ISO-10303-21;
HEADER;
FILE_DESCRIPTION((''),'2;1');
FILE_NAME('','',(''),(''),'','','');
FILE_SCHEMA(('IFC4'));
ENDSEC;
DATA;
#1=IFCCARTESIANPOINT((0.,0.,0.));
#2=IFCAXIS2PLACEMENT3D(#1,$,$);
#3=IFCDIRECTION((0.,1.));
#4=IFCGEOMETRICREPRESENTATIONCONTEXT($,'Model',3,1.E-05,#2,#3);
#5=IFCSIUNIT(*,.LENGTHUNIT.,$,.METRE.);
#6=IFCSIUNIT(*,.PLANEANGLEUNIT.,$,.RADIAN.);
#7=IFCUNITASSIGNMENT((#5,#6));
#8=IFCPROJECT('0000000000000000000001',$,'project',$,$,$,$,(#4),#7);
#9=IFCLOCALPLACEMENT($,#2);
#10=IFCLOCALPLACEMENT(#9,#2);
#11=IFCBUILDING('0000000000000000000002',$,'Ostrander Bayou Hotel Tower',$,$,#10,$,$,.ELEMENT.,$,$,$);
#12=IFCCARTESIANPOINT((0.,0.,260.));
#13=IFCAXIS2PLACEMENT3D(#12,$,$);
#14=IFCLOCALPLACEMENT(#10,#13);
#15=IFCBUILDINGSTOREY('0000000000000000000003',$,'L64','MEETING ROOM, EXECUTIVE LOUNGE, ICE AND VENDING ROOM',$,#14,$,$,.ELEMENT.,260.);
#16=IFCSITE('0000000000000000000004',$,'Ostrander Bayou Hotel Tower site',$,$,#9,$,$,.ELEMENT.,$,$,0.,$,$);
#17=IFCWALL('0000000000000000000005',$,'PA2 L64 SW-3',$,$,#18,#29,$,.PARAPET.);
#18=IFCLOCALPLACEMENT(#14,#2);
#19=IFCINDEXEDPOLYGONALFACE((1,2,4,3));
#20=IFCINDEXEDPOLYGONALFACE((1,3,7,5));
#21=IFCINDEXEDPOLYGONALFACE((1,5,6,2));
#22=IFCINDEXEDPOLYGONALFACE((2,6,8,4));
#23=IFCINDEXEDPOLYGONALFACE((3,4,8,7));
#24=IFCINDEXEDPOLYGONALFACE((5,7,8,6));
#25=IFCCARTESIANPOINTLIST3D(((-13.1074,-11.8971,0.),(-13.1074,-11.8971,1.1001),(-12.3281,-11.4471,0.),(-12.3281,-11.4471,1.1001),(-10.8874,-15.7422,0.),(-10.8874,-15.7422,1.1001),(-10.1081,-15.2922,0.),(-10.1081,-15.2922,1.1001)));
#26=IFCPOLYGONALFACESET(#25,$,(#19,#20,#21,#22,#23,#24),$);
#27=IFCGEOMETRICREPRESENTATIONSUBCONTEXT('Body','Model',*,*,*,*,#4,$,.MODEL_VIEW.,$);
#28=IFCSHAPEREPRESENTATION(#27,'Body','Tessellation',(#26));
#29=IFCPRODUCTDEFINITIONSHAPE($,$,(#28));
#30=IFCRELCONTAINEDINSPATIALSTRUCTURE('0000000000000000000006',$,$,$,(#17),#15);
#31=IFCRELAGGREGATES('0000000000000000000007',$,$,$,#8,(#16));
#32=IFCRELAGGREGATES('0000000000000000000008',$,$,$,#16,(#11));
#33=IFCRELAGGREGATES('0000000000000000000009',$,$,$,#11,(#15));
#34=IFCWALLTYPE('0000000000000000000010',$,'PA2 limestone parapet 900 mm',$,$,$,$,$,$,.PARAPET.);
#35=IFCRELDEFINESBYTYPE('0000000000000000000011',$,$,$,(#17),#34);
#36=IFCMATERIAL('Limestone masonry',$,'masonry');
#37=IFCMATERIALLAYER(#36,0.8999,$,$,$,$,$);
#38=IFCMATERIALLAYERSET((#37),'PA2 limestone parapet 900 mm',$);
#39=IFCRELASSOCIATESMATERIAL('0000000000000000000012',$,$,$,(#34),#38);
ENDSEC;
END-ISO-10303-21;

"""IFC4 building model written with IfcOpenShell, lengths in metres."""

from ifc_helpers import new_model, si_unit, direction, frame, frame_2d, origin, place, context, subcontext, project, spatial, rectangle, extrude, material, layer, layer_set, type_object, element, save


model = new_model("IFC4")

# Units and contexts
model_context = context("Model", 3, precision=1e-05, world=origin(), true_north=direction((0.0, 1.0)))
body_context = subcontext(model_context, "Body", "Model", "MODEL_VIEW")
ifc_project = project(units=[si_unit("LENGTHUNIT", "METRE"), si_unit("PLANEANGLEUNIT", "RADIAN")], contexts=[model_context])

# Site, building, storey
site_placement = place(None, origin())
site = spatial("IfcSite", under=ifc_project, at=site_placement, Name="Ostrander Bayou Hotel Tower site", CompositionType="ELEMENT", RefElevation=0.0)
building_placement = place(site_placement, origin())
building = spatial("IfcBuilding", under=site, at=building_placement, Name="Ostrander Bayou Hotel Tower", CompositionType="ELEMENT")
storey_placement = place(building_placement, frame((0.0, 0.0, 260.0)))
storey = spatial("IfcBuildingStorey", under=building, at=storey_placement, Name="L64", Description="MEETING ROOM, EXECUTIVE LOUNGE, ICE AND VENDING ROOM", CompositionType="ELEMENT", Elevation=260.0)

# Wall
ifc_material_1 = material(Name="Limestone masonry", Category="masonry")
ifc_layer_1 = layer(ifc_material_1, 0.8999)
ifc_layer_set_1 = layer_set([ifc_layer_1], Name="PA2 limestone parapet 900 mm")
wall_type_1 = type_object("IfcWallType", Name="PA2 limestone parapet 900 mm", PredefinedType="PARAPET", material=ifc_layer_set_1)
wall_1_placement = place(storey_placement, frame((-12.7178, -11.6721, 0.0), z_axis=(0.0, 0.0, 1.0), x_axis=(0.500013, -0.866018, 0.0)))
element("IfcWall", 1, at=wall_1_placement, inside=storey, type_object=wall_type_1, Name="PA2 L64 SW-3", PredefinedType="PARAPET", context=body_context, shape_type="SweptSolid", body=[
    extrude(rectangle(XDim=4.4399, YDim=0.8999, at=frame_2d((2.22, 0.0))), origin(), (0.0, 0.0, 1.0), 1.1001),
])

save(model, "model.ifc")
